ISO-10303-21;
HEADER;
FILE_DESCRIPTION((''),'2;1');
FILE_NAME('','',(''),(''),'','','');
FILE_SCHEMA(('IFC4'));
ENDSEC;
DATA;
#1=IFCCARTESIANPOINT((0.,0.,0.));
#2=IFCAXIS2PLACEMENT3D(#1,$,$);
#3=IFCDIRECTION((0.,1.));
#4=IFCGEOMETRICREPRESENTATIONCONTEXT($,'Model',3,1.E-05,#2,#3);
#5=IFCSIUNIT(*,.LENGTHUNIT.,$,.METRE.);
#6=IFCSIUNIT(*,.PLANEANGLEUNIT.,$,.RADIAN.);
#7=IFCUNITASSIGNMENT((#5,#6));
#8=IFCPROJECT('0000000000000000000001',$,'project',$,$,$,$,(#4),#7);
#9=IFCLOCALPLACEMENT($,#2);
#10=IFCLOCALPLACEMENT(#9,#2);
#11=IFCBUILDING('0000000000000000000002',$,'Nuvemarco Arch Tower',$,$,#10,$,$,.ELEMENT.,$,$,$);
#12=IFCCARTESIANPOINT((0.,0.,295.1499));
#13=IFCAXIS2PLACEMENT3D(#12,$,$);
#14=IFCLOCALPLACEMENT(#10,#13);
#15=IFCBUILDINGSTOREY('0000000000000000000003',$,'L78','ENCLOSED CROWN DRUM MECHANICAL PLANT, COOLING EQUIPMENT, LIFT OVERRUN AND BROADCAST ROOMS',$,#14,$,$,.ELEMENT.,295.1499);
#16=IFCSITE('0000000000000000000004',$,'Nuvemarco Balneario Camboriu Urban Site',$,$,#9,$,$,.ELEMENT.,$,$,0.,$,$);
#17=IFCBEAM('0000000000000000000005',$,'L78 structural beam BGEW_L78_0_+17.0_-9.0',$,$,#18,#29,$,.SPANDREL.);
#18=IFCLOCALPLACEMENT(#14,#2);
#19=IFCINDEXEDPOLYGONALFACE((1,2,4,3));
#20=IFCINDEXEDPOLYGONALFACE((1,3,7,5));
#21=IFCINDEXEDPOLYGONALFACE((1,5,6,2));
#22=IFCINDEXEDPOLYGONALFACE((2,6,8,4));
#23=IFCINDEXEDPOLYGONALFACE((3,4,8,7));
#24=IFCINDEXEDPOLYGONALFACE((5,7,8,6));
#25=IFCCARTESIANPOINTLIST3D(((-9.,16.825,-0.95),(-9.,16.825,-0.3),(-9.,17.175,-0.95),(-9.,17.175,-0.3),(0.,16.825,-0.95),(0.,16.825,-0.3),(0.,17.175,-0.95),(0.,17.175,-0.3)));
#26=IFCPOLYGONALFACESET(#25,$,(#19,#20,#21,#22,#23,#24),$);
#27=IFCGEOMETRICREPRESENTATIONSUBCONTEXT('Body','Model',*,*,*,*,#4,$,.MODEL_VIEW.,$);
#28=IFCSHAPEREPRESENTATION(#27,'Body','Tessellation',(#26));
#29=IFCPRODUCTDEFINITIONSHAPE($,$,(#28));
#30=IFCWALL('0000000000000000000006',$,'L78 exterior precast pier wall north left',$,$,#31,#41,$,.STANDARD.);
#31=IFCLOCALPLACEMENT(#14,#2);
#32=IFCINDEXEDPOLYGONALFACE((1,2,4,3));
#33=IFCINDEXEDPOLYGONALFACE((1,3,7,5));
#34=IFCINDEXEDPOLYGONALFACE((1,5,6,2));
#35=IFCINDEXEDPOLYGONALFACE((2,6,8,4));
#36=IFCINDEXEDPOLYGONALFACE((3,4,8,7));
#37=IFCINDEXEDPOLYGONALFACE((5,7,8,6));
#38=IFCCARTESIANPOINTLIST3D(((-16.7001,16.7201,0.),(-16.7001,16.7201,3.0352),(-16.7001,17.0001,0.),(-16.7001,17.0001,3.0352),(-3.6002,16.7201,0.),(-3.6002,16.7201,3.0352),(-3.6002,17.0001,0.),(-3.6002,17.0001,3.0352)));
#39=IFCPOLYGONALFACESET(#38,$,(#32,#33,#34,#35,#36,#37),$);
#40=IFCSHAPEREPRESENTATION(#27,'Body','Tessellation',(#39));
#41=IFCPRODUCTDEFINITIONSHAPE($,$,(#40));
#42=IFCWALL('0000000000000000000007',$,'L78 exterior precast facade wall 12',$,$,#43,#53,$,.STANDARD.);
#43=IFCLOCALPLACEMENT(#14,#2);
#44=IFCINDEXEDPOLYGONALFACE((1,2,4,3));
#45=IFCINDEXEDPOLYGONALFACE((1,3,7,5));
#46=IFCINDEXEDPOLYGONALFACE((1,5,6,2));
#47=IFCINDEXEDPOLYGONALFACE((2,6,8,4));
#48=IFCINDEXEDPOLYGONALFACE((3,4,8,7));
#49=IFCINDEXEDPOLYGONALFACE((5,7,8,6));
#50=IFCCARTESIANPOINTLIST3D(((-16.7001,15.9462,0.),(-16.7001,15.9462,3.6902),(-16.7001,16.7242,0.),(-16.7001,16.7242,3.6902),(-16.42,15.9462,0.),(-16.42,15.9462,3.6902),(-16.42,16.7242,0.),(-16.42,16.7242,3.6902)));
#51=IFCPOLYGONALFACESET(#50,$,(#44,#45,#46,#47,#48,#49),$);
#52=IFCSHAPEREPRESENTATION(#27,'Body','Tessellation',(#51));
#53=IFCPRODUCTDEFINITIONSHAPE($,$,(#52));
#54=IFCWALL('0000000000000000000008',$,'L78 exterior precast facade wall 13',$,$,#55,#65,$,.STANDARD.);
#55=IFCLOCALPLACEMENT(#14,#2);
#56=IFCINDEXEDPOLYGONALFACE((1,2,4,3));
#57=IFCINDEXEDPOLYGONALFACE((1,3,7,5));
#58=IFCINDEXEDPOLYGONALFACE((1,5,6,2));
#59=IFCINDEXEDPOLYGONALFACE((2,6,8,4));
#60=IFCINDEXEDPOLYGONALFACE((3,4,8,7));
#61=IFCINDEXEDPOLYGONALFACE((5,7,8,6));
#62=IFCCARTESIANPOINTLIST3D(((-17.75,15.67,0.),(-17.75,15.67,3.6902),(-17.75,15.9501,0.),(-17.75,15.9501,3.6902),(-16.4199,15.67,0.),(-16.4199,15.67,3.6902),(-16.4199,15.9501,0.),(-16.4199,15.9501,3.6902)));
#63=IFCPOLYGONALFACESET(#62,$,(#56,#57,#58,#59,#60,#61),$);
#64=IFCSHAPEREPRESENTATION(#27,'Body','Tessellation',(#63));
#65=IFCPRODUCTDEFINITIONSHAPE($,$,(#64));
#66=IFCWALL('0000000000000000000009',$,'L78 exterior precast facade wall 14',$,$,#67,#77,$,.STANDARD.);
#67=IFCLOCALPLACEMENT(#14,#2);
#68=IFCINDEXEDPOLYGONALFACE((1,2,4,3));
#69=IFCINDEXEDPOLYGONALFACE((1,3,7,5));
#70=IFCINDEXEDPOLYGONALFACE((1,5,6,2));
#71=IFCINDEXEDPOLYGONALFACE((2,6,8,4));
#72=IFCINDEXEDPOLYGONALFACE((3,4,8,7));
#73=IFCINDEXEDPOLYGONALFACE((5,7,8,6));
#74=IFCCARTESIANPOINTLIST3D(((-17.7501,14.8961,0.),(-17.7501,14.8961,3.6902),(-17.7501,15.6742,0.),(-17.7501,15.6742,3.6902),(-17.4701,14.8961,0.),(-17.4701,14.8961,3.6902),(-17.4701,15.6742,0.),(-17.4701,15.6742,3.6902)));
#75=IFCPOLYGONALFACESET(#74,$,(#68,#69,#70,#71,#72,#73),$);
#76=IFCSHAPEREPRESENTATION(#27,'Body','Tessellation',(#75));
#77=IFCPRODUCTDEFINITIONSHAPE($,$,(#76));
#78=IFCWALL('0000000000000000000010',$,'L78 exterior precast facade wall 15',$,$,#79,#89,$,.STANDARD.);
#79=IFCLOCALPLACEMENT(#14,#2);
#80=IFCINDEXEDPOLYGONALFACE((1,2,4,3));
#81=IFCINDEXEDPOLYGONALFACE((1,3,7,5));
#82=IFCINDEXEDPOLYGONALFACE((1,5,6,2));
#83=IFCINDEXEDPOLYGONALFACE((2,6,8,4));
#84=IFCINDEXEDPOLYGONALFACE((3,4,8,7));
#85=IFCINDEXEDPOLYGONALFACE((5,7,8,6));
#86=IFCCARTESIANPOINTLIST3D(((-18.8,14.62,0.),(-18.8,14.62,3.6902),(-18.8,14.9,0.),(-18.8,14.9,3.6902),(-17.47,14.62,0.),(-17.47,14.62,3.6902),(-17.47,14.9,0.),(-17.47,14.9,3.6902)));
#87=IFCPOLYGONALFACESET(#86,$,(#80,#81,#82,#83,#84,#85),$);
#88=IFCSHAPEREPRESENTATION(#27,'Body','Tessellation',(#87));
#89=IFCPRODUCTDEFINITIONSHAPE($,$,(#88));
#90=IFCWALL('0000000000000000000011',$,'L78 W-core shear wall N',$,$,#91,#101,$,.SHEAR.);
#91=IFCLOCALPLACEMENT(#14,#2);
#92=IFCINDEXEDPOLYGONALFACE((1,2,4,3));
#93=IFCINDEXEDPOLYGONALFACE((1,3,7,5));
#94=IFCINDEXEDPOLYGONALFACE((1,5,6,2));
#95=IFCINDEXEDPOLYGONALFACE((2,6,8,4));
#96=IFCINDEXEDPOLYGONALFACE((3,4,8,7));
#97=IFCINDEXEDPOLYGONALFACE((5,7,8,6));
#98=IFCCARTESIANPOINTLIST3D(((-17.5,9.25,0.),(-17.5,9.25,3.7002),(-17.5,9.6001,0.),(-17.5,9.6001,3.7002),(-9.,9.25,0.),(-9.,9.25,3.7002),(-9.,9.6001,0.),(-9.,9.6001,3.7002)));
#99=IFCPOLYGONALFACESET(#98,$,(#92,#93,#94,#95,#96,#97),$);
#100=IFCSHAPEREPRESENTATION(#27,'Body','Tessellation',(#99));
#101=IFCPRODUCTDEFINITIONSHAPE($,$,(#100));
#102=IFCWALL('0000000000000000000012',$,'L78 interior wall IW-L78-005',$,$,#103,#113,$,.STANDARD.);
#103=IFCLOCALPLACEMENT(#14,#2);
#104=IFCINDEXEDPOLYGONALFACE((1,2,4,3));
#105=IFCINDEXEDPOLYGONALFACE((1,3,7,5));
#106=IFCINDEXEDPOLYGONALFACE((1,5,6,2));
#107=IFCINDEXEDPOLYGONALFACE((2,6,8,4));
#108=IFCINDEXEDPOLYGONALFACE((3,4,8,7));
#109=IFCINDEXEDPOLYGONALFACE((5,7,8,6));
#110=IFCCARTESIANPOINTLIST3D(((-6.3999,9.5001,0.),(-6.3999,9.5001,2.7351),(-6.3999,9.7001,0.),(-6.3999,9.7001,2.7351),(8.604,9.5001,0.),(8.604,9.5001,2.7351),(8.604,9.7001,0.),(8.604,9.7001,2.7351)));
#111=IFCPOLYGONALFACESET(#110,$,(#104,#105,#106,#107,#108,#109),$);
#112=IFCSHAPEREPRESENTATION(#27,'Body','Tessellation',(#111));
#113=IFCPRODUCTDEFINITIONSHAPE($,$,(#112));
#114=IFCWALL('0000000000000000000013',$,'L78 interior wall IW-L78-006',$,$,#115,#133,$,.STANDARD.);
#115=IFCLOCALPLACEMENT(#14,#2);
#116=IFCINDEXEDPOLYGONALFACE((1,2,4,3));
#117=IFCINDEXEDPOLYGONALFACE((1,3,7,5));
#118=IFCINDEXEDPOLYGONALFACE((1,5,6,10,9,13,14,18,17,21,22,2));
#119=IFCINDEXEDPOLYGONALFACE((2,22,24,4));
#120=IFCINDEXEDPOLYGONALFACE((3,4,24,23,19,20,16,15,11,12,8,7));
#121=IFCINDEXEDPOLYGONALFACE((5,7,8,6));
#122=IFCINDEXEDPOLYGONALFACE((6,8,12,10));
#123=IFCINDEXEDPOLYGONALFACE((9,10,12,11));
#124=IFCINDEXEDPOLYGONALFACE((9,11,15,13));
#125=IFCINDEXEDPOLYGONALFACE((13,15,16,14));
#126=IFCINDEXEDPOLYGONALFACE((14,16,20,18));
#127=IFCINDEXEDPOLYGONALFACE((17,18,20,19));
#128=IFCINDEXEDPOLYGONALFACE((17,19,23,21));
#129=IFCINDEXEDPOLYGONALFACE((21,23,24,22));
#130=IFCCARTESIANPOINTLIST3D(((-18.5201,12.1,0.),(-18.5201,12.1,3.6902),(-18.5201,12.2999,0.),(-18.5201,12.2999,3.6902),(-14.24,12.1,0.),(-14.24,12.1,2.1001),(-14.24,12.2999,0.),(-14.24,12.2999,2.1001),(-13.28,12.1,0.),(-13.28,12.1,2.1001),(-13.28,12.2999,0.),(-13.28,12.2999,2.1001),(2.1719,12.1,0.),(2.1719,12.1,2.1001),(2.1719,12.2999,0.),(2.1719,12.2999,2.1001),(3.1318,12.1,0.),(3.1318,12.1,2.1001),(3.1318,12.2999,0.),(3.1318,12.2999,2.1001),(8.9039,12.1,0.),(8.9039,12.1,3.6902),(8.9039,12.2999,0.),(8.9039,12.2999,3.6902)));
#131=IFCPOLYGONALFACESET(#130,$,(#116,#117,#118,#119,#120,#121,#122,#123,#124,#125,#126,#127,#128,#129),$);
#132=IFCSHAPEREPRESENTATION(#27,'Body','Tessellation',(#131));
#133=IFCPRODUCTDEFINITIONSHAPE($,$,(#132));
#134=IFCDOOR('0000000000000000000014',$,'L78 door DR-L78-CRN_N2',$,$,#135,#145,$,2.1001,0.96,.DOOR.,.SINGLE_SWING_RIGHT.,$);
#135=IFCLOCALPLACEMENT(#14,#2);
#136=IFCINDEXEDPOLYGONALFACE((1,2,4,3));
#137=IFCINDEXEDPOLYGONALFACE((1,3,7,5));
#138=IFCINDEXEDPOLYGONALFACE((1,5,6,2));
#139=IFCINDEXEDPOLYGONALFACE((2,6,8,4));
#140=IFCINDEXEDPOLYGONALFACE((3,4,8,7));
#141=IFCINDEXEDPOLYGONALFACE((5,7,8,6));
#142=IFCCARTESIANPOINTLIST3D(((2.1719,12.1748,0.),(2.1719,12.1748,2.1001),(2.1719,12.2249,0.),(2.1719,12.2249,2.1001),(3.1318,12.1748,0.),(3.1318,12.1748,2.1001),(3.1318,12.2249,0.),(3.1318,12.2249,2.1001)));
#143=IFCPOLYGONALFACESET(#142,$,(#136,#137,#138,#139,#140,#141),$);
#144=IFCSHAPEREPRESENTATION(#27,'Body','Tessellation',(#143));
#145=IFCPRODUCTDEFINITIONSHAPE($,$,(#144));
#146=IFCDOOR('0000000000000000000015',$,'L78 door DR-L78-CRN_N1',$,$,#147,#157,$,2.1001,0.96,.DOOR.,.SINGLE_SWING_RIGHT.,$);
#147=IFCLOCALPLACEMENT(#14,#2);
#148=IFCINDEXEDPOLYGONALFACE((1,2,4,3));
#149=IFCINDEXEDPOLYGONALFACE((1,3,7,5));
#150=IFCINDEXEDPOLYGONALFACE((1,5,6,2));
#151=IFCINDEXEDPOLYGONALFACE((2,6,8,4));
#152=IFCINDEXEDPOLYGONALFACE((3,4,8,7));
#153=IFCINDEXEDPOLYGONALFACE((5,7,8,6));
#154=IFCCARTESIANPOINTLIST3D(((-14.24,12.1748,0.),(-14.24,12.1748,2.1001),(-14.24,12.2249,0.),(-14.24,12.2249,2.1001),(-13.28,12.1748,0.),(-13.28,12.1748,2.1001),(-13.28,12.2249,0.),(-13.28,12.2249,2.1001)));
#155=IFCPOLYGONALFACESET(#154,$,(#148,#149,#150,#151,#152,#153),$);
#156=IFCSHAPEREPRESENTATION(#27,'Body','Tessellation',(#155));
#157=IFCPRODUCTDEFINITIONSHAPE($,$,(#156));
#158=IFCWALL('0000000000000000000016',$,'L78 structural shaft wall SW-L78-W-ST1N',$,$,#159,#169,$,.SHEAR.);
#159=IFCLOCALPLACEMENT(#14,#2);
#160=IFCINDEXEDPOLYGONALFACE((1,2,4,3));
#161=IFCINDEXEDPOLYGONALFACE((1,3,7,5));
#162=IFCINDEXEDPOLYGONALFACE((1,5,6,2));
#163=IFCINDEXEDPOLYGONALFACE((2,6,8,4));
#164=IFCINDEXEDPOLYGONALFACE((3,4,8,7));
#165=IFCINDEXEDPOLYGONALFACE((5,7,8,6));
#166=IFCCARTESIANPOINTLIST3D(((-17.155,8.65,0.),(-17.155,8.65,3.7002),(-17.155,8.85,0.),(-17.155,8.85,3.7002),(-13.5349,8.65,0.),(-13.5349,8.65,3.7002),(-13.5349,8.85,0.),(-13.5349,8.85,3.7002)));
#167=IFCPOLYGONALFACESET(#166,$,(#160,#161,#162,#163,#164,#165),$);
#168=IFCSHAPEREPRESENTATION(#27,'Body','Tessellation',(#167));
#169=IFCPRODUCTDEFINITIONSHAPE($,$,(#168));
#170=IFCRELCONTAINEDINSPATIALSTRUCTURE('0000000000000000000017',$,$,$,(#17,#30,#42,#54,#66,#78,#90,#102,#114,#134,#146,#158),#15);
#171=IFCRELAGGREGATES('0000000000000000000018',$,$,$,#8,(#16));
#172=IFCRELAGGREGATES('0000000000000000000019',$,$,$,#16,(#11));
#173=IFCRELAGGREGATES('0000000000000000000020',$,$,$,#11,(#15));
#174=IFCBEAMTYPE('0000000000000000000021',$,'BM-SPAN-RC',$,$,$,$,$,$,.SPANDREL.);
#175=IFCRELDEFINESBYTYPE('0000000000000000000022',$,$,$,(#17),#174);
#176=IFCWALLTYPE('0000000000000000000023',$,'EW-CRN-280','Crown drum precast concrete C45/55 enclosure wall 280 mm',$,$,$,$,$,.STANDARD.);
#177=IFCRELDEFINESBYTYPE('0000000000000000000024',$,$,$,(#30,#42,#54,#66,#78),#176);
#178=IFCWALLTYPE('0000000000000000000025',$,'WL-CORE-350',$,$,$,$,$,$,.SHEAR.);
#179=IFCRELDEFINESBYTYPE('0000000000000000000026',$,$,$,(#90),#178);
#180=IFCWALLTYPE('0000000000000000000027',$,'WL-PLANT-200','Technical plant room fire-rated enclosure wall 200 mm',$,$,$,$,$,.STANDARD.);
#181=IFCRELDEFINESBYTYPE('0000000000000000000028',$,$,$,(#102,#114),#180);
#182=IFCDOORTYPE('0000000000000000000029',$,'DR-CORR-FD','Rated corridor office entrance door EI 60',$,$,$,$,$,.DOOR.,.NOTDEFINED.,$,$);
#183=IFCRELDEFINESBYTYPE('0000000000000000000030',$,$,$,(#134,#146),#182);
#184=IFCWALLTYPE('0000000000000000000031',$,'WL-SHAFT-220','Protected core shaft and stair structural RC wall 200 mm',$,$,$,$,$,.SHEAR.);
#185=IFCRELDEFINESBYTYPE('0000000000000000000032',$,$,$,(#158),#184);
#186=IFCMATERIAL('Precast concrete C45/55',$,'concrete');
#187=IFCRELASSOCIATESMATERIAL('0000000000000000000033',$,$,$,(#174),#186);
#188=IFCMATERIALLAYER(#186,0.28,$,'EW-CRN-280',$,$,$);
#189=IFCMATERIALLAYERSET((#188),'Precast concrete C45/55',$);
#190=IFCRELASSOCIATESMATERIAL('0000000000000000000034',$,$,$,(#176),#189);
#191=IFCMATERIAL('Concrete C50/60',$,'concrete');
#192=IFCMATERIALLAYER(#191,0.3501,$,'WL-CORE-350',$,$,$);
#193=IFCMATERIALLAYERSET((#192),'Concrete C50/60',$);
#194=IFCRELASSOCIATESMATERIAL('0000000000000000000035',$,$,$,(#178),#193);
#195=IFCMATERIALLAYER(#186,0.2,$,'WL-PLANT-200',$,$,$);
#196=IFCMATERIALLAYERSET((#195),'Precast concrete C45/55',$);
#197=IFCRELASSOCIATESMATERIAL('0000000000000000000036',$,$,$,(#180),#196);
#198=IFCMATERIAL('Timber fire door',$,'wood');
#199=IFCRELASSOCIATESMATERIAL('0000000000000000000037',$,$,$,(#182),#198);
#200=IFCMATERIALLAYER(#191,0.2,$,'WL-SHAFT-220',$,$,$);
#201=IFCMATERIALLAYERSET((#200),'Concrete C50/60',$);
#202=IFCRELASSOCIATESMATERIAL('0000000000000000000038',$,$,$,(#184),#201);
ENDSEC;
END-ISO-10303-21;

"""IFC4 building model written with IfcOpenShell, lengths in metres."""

from ifc_helpers import new_model, si_unit, direction, frame, frame_2d, origin, origin_2d, place, context, subcontext, project, spatial, rectangle, extrude, source, transform, mapped, material, layer, layer_set, material_profile, profile_set, type_object, type_shapes, element, fill, save


model = new_model("IFC4")

# Units and contexts
model_context = context("Model", 3, precision=1e-05, world=origin(), true_north=direction((0.0, 1.0)))
body_context = subcontext(model_context, "Body", "Model", "MODEL_VIEW")
ifc_project = project(units=[si_unit("LENGTHUNIT", "METRE"), si_unit("PLANEANGLEUNIT", "RADIAN")], contexts=[model_context])

# Site, building, storey
site_placement = place(None, origin())
site = spatial("IfcSite", under=ifc_project, at=site_placement, Name="Nuvemarco Balneario Camboriu Urban Site", CompositionType="ELEMENT", RefElevation=0.0)
building_placement = place(site_placement, origin())
building = spatial("IfcBuilding", under=site, at=building_placement, Name="Nuvemarco Arch Tower", CompositionType="ELEMENT")
storey_placement = place(building_placement, frame((0.0, 0.0, 295.1499)))
storey = spatial("IfcBuildingStorey", under=building, at=storey_placement, Name="L78", Description="ENCLOSED CROWN DRUM MECHANICAL PLANT, COOLING EQUIPMENT, LIFT OVERRUN AND BROADCAST ROOMS", CompositionType="ELEMENT", Elevation=295.1499)

# Shared definitions
ifc_material_1 = material(Name="Concrete C50/60", Category="concrete")

# Beam
ifc_material_2 = material(Name="Precast concrete C45/55", Category="concrete")
ifc_material_profile_1 = material_profile(ifc_material_2, rectangle(XDim=0.3501, YDim=0.6499, at=origin_2d()), Name="PC-SP-350x650")
ifc_profile_set_1 = profile_set([ifc_material_profile_1], Name="Precast concrete C45/55")
beam_type_1 = type_object("IfcBeamType", Name="BM-SPAN-RC", PredefinedType="SPANDREL", material=ifc_profile_set_1)
beam_1_placement = place(storey_placement, frame((-9.0, 17.0, -0.625), z_axis=(1.0, 0.0, 0.0), x_axis=(0.0, 1.0, 0.0)))
element("IfcBeam", 1, at=beam_1_placement, inside=storey, type_object=beam_type_1, Name="L78 structural beam BGEW_L78_0_+17.0_-9.0", PredefinedType="SPANDREL", context=body_context, shape_type="SweptSolid", body=[
    extrude(rectangle(XDim=0.3501, YDim=0.6499, at=origin_2d()), origin(), (0.0, 0.0, 1.0), 9.0),
])

# Walls
ifc_layer_1 = layer(ifc_material_2, 0.28, Name="EW-CRN-280")
ifc_layer_set_1 = layer_set([ifc_layer_1], Name="Precast concrete C45/55")
wall_type_1 = type_object("IfcWallType", Name="EW-CRN-280", Description="Crown drum precast concrete C45/55 enclosure wall 280 mm", PredefinedType="STANDARD", material=ifc_layer_set_1)
wall_1_placement = place(storey_placement, frame((-16.7, 16.8601, 0.0), z_axis=(0.0, 0.0, 1.0), x_axis=(1.0, 0.0, 0.0)))
element("IfcWall", 2, at=wall_1_placement, inside=storey, type_object=wall_type_1, Name="L78 exterior precast pier wall north left", PredefinedType="STANDARD", context=body_context, shape_type="SweptSolid", body=[
    extrude(rectangle(XDim=13.0999, YDim=0.28, at=frame_2d((6.5498, 0.0))), origin(), (0.0, 0.0, 1.0), 3.0352),
])
wall_2_placement = place(storey_placement, frame((-16.5601, 15.946, 0.0), z_axis=(0.0, 0.0, 1.0), x_axis=(0.0, 1.0, 0.0)))
element("IfcWall", 3, at=wall_2_placement, inside=storey, type_object=wall_type_1, Name="L78 exterior precast facade wall 12", PredefinedType="STANDARD", context=body_context, shape_type="SweptSolid", body=[
    extrude(rectangle(XDim=0.7781, YDim=0.28, at=frame_2d((0.3892, 0.0))), origin(), (0.0, 0.0, 1.0), 3.6902),
])
wall_3_placement = place(storey_placement, frame((-17.75, 15.8101, 0.0), z_axis=(0.0, 0.0, 1.0), x_axis=(1.0, 0.0, 0.0)))
element("IfcWall", 4, at=wall_3_placement, inside=storey, type_object=wall_type_1, Name="L78 exterior precast facade wall 13", PredefinedType="STANDARD", context=body_context, shape_type="SweptSolid", body=[
    extrude(rectangle(XDim=1.3301, YDim=0.28, at=frame_2d((0.665, 0.0))), origin(), (0.0, 0.0, 1.0), 3.6902),
])
wall_4_placement = place(storey_placement, frame((-17.6101, 14.896, 0.0), z_axis=(0.0, 0.0, 1.0), x_axis=(0.0, 1.0, 0.0)))
element("IfcWall", 5, at=wall_4_placement, inside=storey, type_object=wall_type_1, Name="L78 exterior precast facade wall 14", PredefinedType="STANDARD", context=body_context, shape_type="SweptSolid", body=[
    extrude(rectangle(XDim=0.7781, YDim=0.28, at=frame_2d((0.3892, 0.0))), origin(), (0.0, 0.0, 1.0), 3.6902),
])
wall_5_placement = place(storey_placement, frame((-18.8, 14.76, 0.0), z_axis=(0.0, 0.0, 1.0), x_axis=(1.0, 0.0, 0.0)))
element("IfcWall", 6, at=wall_5_placement, inside=storey, type_object=wall_type_1, Name="L78 exterior precast facade wall 15", PredefinedType="STANDARD", context=body_context, shape_type="SweptSolid", body=[
    extrude(rectangle(XDim=1.3301, YDim=0.28, at=frame_2d((0.665, 0.0))), origin(), (0.0, 0.0, 1.0), 3.6902),
])
ifc_layer_2 = layer(ifc_material_1, 0.3501, Name="WL-CORE-350")
ifc_layer_set_2 = layer_set([ifc_layer_2], Name="Concrete C50/60")
wall_type_2 = type_object("IfcWallType", Name="WL-CORE-350", PredefinedType="SHEAR", material=ifc_layer_set_2)
wall_6_placement = place(storey_placement, frame((-17.5, 9.425, 0.0), z_axis=(0.0, 0.0, 1.0), x_axis=(1.0, 0.0, 0.0)))
element("IfcWall", 7, at=wall_6_placement, inside=storey, type_object=wall_type_2, Name="L78 W-core shear wall N", PredefinedType="SHEAR", context=body_context, shape_type="SweptSolid", body=[
    extrude(rectangle(XDim=8.5, YDim=0.3501, at=frame_2d((4.25, 0.0))), origin(), (0.0, 0.0, 1.0), 3.7002),
])
ifc_layer_3 = layer(ifc_material_2, 0.2, Name="WL-PLANT-200")
ifc_layer_set_3 = layer_set([ifc_layer_3], Name="Precast concrete C45/55")
wall_type_3 = type_object("IfcWallType", Name="WL-PLANT-200", Description="Technical plant room fire-rated enclosure wall 200 mm", PredefinedType="STANDARD", material=ifc_layer_set_3)
wall_7_placement = place(storey_placement, frame((-6.3999, 9.6001, 0.0), z_axis=(0.0, 0.0, 1.0), x_axis=(1.0, 0.0, 0.0)))
element("IfcWall", 8, at=wall_7_placement, inside=storey, type_object=wall_type_3, Name="L78 interior wall IW-L78-005", PredefinedType="STANDARD", context=body_context, shape_type="SweptSolid", body=[
    extrude(rectangle(XDim=15.0039, YDim=0.2, at=frame_2d((7.502, 0.0))), origin(), (0.0, 0.0, 1.0), 2.7351),
])

# Wall, openings, doors
wall_8_placement = place(storey_placement, frame((-18.52, 12.2, 0.0), z_axis=(0.0, 0.0, 1.0), x_axis=(1.0, 0.0, 0.0)))
wall_8 = element("IfcWall", 9, at=wall_8_placement, inside=storey, type_object=wall_type_3, Name="L78 interior wall IW-L78-006", PredefinedType="STANDARD", context=body_context, shape_type="SweptSolid", body=[
    extrude(rectangle(XDim=27.4241, YDim=0.2, at=frame_2d((13.7119, 0.0))), origin(), (0.0, 0.0, 1.0), 3.6902),
])
opening_1_placement = place(wall_8_placement, frame((20.6919, 0.0, 0.0)))
opening_1 = element("IfcOpeningElement", 10, at=opening_1_placement, cuts=wall_8, PredefinedType="OPENING", context=body_context, shape_type="SweptSolid", body=[
    extrude(rectangle(XDim=0.96, YDim=2.1001, at=frame_2d((0.48, 1.05))), frame((0.0, 0.1099, 0.0), z_axis=(0.0, -1.0, 0.0), x_axis=(1.0, 0.0, 0.0)), (0.0, 0.0, 1.0), 0.22),
])
opening_2_placement = place(wall_8_placement, frame((4.28, 0.0, 0.0)))
opening_2 = element("IfcOpeningElement", 11, at=opening_2_placement, cuts=wall_8, PredefinedType="OPENING", context=body_context, shape_type="SweptSolid", body=[
    extrude(rectangle(XDim=0.96, YDim=2.1001, at=frame_2d((0.48, 1.05))), frame((0.0, 0.1099, 0.0), z_axis=(0.0, -1.0, 0.0), x_axis=(1.0, 0.0, 0.0)), (0.0, 0.0, 1.0), 0.22),
])
ifc_material_3 = material(Name="Timber fire door", Category="wood")
door_type = type_object("IfcDoorType", Name="DR-CORR-FD", Description="Rated corridor office entrance door EI 60", OperationType="NOTDEFINED", PredefinedType="DOOR", material=ifc_material_3)
shared_shape_1 = source(origin(), body_context, "Body", "SweptSolid", [
    extrude(rectangle(XDim=0.96, YDim=2.1001, at=frame_2d((0.48, 1.05))), frame((0.0, 0.0249, 0.0), z_axis=(0.0, -1.0, 0.0), x_axis=(1.0, 0.0, 0.0)), (0.0, 0.0, 1.0), 0.05),
])
type_shapes(door_type, [shared_shape_1])
door_1_placement = place(opening_1_placement, origin())
door_1 = element("IfcDoor", 12, at=door_1_placement, inside=storey, type_object=door_type, Name="L78 door DR-L78-CRN_N2", OperationType="SINGLE_SWING_RIGHT", OverallHeight=2.1001, OverallWidth=0.96, PredefinedType="DOOR", context=body_context, shape_type="MappedRepresentation", body=[
    mapped(shared_shape_1, transform((0.0, 0.0, 0.0), scale=1.0)),
])
fill(opening_1, door_1)
door_2_placement = place(opening_2_placement, origin())
door_2 = element("IfcDoor", 13, at=door_2_placement, inside=storey, type_object=door_type, Name="L78 door DR-L78-CRN_N1", OperationType="SINGLE_SWING_RIGHT", OverallHeight=2.1001, OverallWidth=0.96, PredefinedType="DOOR", context=body_context, shape_type="MappedRepresentation", body=[
    mapped(shared_shape_1, transform((0.0, 0.0, 0.0), scale=1.0)),
])
fill(opening_2, door_2)

# Wall
ifc_layer_4 = layer(ifc_material_1, 0.2, Name="WL-SHAFT-220")
ifc_layer_set_4 = layer_set([ifc_layer_4], Name="Concrete C50/60")
wall_type_4 = type_object("IfcWallType", Name="WL-SHAFT-220", Description="Protected core shaft and stair structural RC wall 200 mm", PredefinedType="SHEAR", material=ifc_layer_set_4)
wall_9_placement = place(storey_placement, frame((-17.155, 8.75, 0.0), z_axis=(0.0, 0.0, 1.0), x_axis=(1.0, 0.0, 0.0)))
element("IfcWall", 14, at=wall_9_placement, inside=storey, type_object=wall_type_4, Name="L78 structural shaft wall SW-L78-W-ST1N", PredefinedType="SHEAR", context=body_context, shape_type="SweptSolid", body=[
    extrude(rectangle(XDim=3.6201, YDim=0.2, at=frame_2d((1.8101, 0.0))), origin(), (0.0, 0.0, 1.0), 3.7002),
])

save(model, "model.ifc")
